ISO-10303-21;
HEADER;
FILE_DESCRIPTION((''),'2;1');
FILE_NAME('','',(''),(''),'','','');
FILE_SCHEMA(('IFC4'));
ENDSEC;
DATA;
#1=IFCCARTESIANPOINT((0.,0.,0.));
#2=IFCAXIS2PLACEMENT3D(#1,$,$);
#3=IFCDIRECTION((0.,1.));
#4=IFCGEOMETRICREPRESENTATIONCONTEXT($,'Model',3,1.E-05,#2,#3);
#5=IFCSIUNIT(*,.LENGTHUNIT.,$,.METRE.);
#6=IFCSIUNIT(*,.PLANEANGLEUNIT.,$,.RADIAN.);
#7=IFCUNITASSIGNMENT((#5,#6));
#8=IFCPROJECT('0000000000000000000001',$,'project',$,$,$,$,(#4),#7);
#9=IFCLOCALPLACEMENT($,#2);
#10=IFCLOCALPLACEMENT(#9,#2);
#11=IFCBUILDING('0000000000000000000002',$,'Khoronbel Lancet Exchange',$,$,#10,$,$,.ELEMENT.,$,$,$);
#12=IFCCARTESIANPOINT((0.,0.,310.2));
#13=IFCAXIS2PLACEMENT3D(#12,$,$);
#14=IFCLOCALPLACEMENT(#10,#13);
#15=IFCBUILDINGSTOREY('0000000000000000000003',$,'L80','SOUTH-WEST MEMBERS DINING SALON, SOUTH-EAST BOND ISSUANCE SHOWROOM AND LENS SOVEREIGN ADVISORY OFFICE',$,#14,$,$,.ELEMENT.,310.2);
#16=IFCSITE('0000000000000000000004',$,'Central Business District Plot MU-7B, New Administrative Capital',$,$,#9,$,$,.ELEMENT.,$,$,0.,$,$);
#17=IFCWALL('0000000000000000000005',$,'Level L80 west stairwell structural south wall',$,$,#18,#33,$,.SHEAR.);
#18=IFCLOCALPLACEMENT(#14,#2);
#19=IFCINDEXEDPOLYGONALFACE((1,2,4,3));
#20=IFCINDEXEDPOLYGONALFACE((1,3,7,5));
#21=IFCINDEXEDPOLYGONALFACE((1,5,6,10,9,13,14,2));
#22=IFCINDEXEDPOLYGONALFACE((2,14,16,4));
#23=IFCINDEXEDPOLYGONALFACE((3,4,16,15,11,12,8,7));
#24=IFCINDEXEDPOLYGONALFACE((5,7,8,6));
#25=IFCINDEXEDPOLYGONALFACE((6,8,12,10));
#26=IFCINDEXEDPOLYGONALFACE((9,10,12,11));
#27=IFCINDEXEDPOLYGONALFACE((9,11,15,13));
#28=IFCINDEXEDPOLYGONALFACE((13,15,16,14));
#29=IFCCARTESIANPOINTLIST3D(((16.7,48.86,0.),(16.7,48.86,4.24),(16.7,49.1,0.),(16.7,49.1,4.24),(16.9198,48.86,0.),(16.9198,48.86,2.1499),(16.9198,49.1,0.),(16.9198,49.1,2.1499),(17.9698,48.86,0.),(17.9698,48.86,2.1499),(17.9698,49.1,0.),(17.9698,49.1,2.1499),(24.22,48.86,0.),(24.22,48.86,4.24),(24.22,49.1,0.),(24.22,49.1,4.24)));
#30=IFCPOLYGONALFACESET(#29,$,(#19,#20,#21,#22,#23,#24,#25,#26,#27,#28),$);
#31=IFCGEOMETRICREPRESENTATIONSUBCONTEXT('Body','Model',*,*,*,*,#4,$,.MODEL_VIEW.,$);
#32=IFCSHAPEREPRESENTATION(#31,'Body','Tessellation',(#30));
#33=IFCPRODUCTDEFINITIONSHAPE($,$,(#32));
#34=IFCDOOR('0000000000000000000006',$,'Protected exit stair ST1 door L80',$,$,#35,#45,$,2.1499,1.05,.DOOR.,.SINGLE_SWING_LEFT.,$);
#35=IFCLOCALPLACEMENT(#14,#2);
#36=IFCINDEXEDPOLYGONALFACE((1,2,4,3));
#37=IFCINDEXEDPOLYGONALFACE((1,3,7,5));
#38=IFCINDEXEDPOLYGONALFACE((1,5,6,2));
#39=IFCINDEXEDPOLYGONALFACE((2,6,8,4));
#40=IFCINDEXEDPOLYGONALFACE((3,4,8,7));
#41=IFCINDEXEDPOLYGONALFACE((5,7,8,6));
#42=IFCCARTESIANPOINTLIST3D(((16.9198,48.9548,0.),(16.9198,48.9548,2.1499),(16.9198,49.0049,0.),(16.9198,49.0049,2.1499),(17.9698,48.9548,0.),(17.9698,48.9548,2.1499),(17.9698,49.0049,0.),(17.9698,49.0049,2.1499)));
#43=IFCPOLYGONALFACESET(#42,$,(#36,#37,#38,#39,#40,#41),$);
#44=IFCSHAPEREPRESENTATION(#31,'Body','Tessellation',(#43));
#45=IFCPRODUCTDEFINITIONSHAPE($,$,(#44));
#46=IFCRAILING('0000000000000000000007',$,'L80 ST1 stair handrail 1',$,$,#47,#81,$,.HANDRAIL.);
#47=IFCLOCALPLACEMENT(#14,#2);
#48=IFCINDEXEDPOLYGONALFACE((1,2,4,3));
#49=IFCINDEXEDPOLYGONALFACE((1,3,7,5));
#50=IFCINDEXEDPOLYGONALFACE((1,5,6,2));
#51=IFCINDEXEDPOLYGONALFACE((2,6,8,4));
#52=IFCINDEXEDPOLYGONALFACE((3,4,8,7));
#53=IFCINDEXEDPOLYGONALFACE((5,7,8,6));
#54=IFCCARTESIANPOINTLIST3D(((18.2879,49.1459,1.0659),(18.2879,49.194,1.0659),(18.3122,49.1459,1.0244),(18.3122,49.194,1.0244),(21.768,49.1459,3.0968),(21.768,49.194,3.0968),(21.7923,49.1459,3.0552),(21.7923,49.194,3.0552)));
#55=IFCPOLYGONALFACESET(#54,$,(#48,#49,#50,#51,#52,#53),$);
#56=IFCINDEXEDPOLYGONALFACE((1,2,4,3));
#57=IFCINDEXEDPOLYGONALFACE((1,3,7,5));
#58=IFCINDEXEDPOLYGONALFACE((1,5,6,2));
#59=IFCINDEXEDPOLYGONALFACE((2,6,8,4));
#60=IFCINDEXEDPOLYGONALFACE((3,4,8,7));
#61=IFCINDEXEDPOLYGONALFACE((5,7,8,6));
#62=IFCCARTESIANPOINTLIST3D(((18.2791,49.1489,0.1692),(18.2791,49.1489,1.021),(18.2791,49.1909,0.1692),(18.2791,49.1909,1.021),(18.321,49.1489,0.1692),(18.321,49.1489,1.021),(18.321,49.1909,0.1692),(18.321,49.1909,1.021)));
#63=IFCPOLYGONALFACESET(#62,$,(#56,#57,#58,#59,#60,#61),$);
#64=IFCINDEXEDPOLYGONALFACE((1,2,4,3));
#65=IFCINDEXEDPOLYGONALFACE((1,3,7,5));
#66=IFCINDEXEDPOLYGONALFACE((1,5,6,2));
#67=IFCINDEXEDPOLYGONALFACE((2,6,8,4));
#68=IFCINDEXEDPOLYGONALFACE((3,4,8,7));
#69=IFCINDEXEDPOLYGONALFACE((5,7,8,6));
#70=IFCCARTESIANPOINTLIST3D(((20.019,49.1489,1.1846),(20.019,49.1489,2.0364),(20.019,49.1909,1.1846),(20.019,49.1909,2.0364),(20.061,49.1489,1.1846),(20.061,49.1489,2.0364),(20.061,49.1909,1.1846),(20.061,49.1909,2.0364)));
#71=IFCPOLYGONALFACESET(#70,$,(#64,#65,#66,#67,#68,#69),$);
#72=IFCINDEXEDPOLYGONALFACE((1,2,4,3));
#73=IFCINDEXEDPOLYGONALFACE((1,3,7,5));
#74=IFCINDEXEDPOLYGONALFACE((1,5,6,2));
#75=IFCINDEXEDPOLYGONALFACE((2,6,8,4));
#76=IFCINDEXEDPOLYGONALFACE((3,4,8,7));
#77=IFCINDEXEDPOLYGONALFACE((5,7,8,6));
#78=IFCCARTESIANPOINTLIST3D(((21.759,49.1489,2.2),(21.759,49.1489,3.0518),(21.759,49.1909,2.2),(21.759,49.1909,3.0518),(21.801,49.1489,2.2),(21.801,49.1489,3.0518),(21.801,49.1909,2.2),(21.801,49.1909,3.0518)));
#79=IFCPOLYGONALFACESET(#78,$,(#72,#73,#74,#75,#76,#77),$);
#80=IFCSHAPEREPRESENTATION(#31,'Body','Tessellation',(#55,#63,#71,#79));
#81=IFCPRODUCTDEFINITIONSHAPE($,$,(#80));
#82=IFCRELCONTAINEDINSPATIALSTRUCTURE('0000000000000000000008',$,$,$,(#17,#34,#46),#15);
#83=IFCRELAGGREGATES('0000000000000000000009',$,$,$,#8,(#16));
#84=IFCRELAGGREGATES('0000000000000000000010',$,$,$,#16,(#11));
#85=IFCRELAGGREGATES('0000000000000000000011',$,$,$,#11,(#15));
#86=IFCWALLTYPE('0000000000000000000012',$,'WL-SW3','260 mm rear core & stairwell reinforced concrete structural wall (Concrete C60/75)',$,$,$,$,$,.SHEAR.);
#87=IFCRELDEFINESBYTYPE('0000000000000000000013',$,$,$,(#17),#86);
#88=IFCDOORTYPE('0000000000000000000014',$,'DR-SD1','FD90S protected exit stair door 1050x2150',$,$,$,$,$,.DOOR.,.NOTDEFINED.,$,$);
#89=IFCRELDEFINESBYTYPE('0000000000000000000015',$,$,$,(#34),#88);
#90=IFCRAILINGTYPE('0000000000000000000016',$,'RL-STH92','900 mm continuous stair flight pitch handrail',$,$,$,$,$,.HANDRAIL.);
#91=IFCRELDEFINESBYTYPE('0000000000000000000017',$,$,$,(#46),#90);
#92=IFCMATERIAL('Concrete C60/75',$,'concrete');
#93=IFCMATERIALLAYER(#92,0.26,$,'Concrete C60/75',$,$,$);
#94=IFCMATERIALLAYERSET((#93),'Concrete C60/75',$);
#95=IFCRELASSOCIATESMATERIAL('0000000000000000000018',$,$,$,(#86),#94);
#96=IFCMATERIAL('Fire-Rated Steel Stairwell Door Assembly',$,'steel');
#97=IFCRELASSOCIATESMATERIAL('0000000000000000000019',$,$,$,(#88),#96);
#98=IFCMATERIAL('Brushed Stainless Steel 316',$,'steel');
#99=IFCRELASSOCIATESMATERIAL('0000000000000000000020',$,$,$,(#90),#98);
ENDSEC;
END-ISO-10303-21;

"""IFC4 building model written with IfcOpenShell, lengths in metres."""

from ifc_helpers import new_model, si_unit, direction, frame, frame_2d, origin, origin_2d, place, context, subcontext, project, spatial, rectangle, extrude, material, layer, layer_set, type_object, element, fill, save


model = new_model("IFC4")

# Units and contexts
model_context = context("Model", 3, precision=1e-05, world=origin(), true_north=direction((0.0, 1.0)))
body_context = subcontext(model_context, "Body", "Model", "MODEL_VIEW")
ifc_project = project(units=[si_unit("LENGTHUNIT", "METRE"), si_unit("PLANEANGLEUNIT", "RADIAN")], contexts=[model_context])

# Site, building, storey
site_placement = place(None, origin())
site = spatial("IfcSite", under=ifc_project, at=site_placement, Name="Central Business District Plot MU-7B, New Administrative Capital", CompositionType="ELEMENT", RefElevation=0.0)
building_placement = place(site_placement, origin())
building = spatial("IfcBuilding", under=site, at=building_placement, Name="Khoronbel Lancet Exchange", CompositionType="ELEMENT")
storey_placement = place(building_placement, frame((0.0, 0.0, 310.2)))
storey = spatial("IfcBuildingStorey", under=building, at=storey_placement, Name="L80", Description="SOUTH-WEST MEMBERS DINING SALON, SOUTH-EAST BOND ISSUANCE SHOWROOM AND LENS SOVEREIGN ADVISORY OFFICE", CompositionType="ELEMENT", Elevation=310.2)

# Shared definitions
ifc_material_1 = material(Name="Concrete C60/75", Category="concrete")

# Wall, opening, door
ifc_layer_1 = layer(ifc_material_1, 0.26, Name="Concrete C60/75")
ifc_layer_set_1 = layer_set([ifc_layer_1], Name="Concrete C60/75")
wall_type_1 = type_object("IfcWallType", Name="WL-SW3", Description="260 mm rear core & stairwell reinforced concrete structural wall (Concrete C60/75)", PredefinedType="SHEAR", material=ifc_layer_set_1)
wall_1_placement = place(storey_placement, frame((16.7, 48.98, 0.0), z_axis=(0.0, 0.0, 1.0), x_axis=(1.0, 0.0, 0.0)))
wall_1 = element("IfcWall", 1, at=wall_1_placement, inside=storey, type_object=wall_type_1, Name="Level L80 west stairwell structural south wall", PredefinedType="SHEAR", context=body_context, shape_type="SweptSolid", body=[
    extrude(rectangle(XDim=7.52, YDim=0.24, at=frame_2d((3.76, 0.0))), origin(), (0.0, 0.0, 1.0), 4.24),
])
opening_1_placement = place(wall_1_placement, frame((0.22, 0.0, 0.0)))
opening_1 = element("IfcOpeningElement", 2, at=opening_1_placement, cuts=wall_1, PredefinedType="OPENING", context=body_context, shape_type="SweptSolid", body=[
    extrude(rectangle(XDim=1.05, YDim=2.1499, at=frame_2d((0.5249, 1.075))), frame((0.0, 0.1299, 0.0), z_axis=(0.0, -1.0, 0.0), x_axis=(1.0, 0.0, 0.0)), (0.0, 0.0, 1.0), 0.26),
])
ifc_material_2 = material(Name="Fire-Rated Steel Stairwell Door Assembly", Category="steel")
door_type_1 = type_object("IfcDoorType", Name="DR-SD1", Description="FD90S protected exit stair door 1050x2150", OperationType="NOTDEFINED", PredefinedType="DOOR", material=ifc_material_2)
door_1_placement = place(opening_1_placement, origin())
door_1 = element("IfcDoor", 3, at=door_1_placement, inside=storey, type_object=door_type_1, Name="Protected exit stair ST1 door L80", OperationType="SINGLE_SWING_LEFT", OverallHeight=2.1499, OverallWidth=1.05, PredefinedType="DOOR", context=body_context, shape_type="SweptSolid", body=[
    extrude(rectangle(XDim=1.05, YDim=2.1499, at=frame_2d((0.5249, 1.075))), frame((0.0, 0.0249, 0.0), z_axis=(0.0, -1.0, 0.0), x_axis=(1.0, 0.0, 0.0)), (0.0, 0.0, 1.0), 0.05),
])
fill(opening_1, door_1)

# Railing
ifc_material_3 = material(Name="Brushed Stainless Steel 316", Category="steel")
railing_type = type_object("IfcRailingType", Name="RL-STH92", Description="900 mm continuous stair flight pitch handrail", PredefinedType="HANDRAIL", material=ifc_material_3)
railing_placement = place(storey_placement, frame((18.3, 49.1699, 0.1692)))
element("IfcRailing", 4, at=railing_placement, inside=storey, type_object=railing_type, Name="L80 ST1 stair handrail 1", PredefinedType="HANDRAIL", context=body_context, shape_type="SweptSolid", body=[
    extrude(rectangle(XDim=0.0481, YDim=0.0481, at=origin_2d()), frame((0.0, 0.0, 0.876), z_axis=(0.863695, 0.0, 0.504014), x_axis=(0.0, 1.0, 0.0)), (0.0, 0.0, 1.0), 4.0293),
    extrude(rectangle(XDim=0.042, YDim=0.042, at=origin_2d()), origin(), (0.0, 0.0, 1.0), 0.8518),
    extrude(rectangle(XDim=0.042, YDim=0.042, at=origin_2d()), frame((1.74, 0.0, 1.0154)), (0.0, 0.0, 1.0), 0.8518),
    extrude(rectangle(XDim=0.042, YDim=0.042, at=origin_2d()), frame((3.48, 0.0, 2.0308)), (0.0, 0.0, 1.0), 0.8518),
])

save(model, "model.ifc")
